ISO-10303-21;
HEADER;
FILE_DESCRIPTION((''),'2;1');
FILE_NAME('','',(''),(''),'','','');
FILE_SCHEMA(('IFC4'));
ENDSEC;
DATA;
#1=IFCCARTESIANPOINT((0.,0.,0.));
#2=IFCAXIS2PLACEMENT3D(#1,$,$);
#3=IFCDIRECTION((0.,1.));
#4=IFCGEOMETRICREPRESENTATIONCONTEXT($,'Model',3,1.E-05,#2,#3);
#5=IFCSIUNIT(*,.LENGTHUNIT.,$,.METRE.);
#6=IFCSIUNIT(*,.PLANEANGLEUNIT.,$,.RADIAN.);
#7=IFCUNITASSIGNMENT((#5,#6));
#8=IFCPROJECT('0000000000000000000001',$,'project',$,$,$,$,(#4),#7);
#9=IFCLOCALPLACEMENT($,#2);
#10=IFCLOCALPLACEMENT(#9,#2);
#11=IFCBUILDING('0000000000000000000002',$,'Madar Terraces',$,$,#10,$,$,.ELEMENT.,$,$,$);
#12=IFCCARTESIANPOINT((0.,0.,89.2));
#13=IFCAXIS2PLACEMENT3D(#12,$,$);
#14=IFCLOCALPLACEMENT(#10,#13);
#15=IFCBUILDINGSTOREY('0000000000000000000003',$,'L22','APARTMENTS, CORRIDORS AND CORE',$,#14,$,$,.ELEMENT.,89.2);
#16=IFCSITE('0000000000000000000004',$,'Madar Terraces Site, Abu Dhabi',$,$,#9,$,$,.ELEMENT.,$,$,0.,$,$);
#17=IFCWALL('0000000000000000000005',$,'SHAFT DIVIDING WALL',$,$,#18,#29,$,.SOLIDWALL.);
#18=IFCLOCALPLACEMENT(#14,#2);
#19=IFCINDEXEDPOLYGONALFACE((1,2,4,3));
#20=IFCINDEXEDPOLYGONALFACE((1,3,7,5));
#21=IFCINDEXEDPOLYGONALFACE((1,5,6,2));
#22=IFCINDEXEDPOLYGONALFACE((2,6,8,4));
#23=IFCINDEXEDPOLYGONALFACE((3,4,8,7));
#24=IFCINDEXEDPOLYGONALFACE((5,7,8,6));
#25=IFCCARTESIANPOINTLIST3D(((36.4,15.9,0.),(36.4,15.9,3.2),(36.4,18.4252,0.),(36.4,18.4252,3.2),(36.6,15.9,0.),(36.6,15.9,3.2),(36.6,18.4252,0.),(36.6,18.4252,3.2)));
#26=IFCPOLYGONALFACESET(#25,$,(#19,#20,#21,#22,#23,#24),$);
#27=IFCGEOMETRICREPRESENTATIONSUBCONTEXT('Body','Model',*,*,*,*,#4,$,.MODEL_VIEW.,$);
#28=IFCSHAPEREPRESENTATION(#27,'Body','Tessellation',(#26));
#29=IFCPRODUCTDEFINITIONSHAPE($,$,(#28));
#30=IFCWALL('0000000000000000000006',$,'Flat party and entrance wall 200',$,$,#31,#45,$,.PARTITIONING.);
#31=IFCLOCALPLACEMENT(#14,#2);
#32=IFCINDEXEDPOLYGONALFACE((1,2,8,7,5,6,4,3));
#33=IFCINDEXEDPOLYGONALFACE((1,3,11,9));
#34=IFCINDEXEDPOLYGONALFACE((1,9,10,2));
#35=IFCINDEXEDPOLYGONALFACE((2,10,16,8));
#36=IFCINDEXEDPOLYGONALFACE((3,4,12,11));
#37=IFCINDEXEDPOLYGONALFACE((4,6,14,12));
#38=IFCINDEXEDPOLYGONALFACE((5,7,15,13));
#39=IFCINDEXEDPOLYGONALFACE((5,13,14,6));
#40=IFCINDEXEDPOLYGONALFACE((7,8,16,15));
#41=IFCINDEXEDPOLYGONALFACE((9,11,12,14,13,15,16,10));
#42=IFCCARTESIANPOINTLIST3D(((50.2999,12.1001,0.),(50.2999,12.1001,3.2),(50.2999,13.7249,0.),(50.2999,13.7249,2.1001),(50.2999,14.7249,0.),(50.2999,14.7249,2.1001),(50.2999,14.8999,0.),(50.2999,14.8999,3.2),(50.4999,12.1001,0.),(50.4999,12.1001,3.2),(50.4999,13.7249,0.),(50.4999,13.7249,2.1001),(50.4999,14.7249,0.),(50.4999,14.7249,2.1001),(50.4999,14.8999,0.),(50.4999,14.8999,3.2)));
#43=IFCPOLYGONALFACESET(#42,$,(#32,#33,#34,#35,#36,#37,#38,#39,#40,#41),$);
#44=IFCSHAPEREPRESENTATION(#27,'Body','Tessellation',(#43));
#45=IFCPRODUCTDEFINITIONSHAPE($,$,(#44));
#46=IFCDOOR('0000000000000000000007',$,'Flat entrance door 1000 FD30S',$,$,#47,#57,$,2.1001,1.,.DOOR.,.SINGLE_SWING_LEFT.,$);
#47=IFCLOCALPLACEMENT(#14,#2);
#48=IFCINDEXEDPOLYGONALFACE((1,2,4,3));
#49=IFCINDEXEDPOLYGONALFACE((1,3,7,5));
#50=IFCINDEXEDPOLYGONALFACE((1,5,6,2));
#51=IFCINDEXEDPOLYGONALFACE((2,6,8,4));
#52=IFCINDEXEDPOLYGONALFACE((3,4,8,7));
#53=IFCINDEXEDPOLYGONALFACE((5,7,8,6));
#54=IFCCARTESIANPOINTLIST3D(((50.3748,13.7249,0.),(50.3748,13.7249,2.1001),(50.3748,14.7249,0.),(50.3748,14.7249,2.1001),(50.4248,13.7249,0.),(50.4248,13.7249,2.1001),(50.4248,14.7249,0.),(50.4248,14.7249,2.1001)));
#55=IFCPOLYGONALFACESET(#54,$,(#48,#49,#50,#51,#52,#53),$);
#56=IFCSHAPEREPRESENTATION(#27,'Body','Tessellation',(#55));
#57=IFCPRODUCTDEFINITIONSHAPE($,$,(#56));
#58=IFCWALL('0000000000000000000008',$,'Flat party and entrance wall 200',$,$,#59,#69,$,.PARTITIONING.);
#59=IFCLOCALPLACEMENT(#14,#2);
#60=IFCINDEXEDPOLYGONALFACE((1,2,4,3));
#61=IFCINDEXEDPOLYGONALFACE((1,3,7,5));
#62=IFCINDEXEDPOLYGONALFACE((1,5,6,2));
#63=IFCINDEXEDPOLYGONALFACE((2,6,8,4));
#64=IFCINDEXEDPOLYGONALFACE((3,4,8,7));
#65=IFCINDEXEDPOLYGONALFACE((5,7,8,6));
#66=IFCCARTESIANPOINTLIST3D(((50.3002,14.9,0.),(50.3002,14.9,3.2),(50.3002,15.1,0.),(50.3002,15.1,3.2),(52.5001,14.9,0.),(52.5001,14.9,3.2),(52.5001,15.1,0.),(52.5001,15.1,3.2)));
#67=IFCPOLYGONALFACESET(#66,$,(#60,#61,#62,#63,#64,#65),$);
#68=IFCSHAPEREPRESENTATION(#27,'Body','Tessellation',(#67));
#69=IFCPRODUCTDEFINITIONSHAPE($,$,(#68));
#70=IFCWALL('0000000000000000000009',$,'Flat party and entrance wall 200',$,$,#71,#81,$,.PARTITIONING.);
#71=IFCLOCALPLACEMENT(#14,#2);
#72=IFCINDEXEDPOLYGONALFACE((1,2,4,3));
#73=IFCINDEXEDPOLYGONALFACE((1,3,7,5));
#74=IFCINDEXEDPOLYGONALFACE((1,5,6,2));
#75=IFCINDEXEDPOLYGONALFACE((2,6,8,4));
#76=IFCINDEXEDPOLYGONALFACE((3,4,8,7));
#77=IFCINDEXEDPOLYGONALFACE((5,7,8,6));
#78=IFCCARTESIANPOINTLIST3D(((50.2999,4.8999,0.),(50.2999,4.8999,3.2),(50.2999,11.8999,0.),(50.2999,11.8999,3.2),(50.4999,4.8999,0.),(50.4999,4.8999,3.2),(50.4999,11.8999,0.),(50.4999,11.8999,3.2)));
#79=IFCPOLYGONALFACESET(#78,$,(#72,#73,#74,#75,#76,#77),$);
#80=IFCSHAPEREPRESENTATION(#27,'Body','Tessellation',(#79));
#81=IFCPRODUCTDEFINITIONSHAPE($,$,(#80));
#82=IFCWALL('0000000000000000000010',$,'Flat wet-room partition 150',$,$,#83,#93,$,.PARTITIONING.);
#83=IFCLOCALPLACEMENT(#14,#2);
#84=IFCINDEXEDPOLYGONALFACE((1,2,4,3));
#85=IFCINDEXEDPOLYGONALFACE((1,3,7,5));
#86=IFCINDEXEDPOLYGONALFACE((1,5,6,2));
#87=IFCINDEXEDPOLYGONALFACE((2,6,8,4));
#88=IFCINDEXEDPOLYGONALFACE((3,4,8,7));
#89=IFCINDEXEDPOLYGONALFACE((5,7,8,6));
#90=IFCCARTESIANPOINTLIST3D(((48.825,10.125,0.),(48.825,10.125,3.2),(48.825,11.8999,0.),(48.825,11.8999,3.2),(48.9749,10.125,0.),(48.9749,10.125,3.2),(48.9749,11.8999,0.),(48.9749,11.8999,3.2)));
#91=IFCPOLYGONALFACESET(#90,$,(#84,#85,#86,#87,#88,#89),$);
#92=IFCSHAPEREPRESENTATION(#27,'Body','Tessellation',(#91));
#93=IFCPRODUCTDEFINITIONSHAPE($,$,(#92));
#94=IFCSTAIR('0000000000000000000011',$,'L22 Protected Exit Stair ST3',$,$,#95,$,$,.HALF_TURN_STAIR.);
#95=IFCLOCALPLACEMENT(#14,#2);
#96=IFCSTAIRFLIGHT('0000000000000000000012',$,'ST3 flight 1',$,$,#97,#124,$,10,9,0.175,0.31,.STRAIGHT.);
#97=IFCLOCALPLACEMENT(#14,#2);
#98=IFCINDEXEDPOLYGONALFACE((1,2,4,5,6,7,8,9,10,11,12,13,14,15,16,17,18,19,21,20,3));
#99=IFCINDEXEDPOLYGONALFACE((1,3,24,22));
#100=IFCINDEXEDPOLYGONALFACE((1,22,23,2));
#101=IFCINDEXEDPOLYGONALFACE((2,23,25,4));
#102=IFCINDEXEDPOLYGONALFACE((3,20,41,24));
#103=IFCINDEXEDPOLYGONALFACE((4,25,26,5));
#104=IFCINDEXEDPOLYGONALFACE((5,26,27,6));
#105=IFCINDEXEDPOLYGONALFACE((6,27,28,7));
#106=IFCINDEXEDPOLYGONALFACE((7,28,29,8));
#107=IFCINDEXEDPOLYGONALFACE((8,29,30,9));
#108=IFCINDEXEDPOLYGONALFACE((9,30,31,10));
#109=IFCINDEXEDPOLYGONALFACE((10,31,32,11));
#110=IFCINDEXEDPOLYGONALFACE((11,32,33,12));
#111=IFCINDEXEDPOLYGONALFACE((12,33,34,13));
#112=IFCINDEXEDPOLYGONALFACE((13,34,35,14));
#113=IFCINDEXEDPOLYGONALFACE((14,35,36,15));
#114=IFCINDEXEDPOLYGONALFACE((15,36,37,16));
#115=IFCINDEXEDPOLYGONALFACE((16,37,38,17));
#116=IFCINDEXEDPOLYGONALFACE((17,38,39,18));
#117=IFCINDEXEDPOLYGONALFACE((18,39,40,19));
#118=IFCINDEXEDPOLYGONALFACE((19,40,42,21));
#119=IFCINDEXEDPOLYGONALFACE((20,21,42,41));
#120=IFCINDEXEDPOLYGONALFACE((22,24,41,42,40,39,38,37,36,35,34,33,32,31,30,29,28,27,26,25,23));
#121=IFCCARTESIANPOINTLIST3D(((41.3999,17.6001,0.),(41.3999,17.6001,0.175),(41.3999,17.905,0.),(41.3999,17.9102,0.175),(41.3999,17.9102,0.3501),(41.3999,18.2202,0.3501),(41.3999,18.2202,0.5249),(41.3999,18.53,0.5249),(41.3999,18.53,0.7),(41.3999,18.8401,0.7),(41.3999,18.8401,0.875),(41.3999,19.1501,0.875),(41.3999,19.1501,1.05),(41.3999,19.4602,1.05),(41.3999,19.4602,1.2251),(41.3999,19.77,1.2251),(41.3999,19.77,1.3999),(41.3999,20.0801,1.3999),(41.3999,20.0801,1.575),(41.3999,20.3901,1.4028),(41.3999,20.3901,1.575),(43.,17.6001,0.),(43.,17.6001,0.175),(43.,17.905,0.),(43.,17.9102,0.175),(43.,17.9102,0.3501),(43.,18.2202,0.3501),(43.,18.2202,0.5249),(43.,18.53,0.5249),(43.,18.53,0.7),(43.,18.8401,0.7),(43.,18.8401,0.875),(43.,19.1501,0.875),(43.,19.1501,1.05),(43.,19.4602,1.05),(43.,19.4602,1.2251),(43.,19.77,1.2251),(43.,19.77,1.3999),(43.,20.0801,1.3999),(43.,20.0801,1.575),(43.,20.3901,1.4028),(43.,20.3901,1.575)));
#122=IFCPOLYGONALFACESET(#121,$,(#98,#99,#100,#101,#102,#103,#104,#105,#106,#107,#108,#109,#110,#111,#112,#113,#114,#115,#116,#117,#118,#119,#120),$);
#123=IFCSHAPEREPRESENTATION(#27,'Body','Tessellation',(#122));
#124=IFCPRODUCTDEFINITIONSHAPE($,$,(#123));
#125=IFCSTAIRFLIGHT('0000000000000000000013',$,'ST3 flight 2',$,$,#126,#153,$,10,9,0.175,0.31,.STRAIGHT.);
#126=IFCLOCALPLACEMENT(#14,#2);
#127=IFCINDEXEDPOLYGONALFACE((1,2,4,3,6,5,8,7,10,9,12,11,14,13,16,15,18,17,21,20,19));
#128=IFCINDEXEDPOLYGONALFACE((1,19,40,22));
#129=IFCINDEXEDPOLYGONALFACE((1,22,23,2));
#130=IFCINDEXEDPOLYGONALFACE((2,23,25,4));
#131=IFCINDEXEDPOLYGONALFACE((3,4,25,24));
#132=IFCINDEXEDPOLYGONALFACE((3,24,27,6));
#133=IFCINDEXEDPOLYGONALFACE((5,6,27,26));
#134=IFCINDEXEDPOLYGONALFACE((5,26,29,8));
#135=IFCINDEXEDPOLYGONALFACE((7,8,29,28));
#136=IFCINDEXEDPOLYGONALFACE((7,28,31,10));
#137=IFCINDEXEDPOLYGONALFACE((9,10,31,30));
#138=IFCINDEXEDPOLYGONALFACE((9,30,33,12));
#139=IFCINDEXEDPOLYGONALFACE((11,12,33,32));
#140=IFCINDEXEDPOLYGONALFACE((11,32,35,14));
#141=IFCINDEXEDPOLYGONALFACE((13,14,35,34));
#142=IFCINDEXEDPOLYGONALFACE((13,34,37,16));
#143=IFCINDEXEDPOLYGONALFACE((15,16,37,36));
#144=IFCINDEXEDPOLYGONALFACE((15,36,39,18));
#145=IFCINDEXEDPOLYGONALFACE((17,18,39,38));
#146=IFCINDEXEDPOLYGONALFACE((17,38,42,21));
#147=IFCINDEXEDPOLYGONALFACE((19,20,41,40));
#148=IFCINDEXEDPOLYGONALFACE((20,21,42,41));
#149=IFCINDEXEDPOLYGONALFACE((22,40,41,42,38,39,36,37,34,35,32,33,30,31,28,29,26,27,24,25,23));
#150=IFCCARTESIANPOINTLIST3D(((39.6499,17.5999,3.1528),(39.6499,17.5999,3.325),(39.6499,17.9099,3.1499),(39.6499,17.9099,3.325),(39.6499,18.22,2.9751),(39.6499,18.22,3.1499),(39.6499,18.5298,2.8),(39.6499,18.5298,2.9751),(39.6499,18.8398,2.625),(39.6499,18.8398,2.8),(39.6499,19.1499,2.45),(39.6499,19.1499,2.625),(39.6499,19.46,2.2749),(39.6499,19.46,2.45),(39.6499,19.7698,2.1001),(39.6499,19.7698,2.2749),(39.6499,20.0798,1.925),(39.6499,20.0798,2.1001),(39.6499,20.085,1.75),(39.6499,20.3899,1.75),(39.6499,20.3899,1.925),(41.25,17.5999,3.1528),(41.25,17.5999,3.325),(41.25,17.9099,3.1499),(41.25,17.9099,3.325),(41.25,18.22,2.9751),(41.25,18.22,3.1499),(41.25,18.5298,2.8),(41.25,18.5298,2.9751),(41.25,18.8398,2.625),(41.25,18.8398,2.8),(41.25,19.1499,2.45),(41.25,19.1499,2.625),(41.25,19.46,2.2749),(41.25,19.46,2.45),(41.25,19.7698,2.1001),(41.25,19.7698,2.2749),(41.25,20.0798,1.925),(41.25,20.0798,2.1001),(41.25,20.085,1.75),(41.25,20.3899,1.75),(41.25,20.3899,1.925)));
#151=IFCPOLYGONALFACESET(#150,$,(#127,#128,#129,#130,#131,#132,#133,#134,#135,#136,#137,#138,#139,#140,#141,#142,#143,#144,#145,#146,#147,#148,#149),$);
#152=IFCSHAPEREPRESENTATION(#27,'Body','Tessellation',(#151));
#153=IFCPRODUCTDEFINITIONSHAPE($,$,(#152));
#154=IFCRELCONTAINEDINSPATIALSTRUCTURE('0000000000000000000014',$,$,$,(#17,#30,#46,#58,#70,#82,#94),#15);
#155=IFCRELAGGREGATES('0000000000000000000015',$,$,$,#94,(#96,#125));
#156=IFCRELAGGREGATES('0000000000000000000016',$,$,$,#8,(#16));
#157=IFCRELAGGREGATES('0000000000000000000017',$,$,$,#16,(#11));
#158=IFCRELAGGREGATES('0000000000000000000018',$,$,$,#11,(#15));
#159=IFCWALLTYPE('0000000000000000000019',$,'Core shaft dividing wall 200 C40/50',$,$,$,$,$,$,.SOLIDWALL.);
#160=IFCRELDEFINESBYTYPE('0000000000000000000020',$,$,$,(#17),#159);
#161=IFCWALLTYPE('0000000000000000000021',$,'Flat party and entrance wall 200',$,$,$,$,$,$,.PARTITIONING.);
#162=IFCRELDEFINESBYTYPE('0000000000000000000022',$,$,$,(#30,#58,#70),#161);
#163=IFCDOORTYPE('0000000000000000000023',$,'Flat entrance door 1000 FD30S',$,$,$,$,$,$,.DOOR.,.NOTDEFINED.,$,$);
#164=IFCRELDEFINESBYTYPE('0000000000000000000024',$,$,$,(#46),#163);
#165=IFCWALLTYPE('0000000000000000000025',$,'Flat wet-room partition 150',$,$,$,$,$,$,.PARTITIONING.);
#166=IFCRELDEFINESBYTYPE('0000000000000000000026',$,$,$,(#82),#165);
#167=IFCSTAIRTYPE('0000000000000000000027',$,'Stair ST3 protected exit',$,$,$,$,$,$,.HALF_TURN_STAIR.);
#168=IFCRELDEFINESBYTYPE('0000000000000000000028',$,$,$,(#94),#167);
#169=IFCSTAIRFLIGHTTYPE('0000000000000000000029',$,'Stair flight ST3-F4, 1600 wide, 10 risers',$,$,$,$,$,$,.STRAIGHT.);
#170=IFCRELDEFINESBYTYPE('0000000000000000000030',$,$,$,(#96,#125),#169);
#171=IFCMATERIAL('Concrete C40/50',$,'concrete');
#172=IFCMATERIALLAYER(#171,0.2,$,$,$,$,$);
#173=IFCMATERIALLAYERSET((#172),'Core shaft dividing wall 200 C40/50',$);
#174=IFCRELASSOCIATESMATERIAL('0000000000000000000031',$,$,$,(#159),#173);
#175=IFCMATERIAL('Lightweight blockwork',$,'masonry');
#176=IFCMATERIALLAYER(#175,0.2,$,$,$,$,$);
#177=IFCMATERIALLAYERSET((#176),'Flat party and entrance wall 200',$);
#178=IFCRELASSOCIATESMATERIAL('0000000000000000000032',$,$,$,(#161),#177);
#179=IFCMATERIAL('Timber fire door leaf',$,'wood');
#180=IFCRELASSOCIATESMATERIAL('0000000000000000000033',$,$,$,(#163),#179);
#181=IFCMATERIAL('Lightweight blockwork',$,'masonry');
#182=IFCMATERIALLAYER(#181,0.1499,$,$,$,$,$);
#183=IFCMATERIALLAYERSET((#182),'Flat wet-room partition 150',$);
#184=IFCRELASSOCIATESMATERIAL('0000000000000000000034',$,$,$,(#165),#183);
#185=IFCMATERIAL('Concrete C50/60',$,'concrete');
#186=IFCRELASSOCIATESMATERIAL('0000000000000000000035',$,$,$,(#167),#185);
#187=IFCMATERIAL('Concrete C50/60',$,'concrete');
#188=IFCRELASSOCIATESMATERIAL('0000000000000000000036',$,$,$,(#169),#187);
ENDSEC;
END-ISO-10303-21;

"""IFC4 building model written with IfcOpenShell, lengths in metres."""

from ifc_helpers import new_model, si_unit, direction, frame, frame_2d, origin, place, context, subcontext, project, spatial, polyline, rectangle, outline, extrude, material, layer, layer_set, type_object, element, fill, aggregate, save


model = new_model("IFC4")

# Units and contexts
model_context = context("Model", 3, precision=1e-05, world=origin(), true_north=direction((0.0, 1.0)))
body_context = subcontext(model_context, "Body", "Model", "MODEL_VIEW")
ifc_project = project(units=[si_unit("LENGTHUNIT", "METRE"), si_unit("PLANEANGLEUNIT", "RADIAN")], contexts=[model_context])

# Site, building, storey
site_placement = place(None, origin())
site = spatial("IfcSite", under=ifc_project, at=site_placement, Name="Madar Terraces Site, Abu Dhabi", CompositionType="ELEMENT", RefElevation=0.0)
building_placement = place(site_placement, origin())
building = spatial("IfcBuilding", under=site, at=building_placement, Name="Madar Terraces", CompositionType="ELEMENT")
storey_placement = place(building_placement, frame((0.0, 0.0, 89.2)))
storey = spatial("IfcBuildingStorey", under=building, at=storey_placement, Name="L22", Description="APARTMENTS, CORRIDORS AND CORE", CompositionType="ELEMENT", Elevation=89.2)

# Wall
ifc_material_1 = material(Name="Concrete C40/50", Category="concrete")
ifc_layer_1 = layer(ifc_material_1, 0.2)
ifc_layer_set_1 = layer_set([ifc_layer_1], Name="Core shaft dividing wall 200 C40/50")
wall_type_1 = type_object("IfcWallType", Name="Core shaft dividing wall 200 C40/50", PredefinedType="SOLIDWALL", material=ifc_layer_set_1)
wall_1_placement = place(storey_placement, frame((36.5, 15.8999, 0.0), z_axis=(0.0, 0.0, 1.0), x_axis=(0.0, 1.0, 0.0)))
element("IfcWall", 1, at=wall_1_placement, inside=storey, type_object=wall_type_1, Name="SHAFT DIVIDING WALL", PredefinedType="SOLIDWALL", context=body_context, shape_type="SweptSolid", body=[
    extrude(rectangle(XDim=2.5251, YDim=0.2, at=frame_2d((1.2627, 0.0))), origin(), (0.0, 0.0, 1.0), 3.2),
])

# Wall, opening, door
ifc_material_2 = material(Name="Lightweight blockwork", Category="masonry")
ifc_layer_2 = layer(ifc_material_2, 0.2)
ifc_layer_set_2 = layer_set([ifc_layer_2], Name="Flat party and entrance wall 200")
wall_type_2 = type_object("IfcWallType", Name="Flat party and entrance wall 200", PredefinedType="PARTITIONING", material=ifc_layer_set_2)
wall_2_placement = place(storey_placement, frame((50.3999, 14.8999, 0.0), z_axis=(0.0, 0.0, 1.0), x_axis=(0.0, -1.0, 0.0)))
wall_2 = element("IfcWall", 2, at=wall_2_placement, inside=storey, type_object=wall_type_2, Name="Flat party and entrance wall 200", PredefinedType="PARTITIONING", context=body_context, shape_type="SweptSolid", body=[
    extrude(rectangle(XDim=2.7998, YDim=0.2, at=frame_2d((1.3999, 0.0))), origin(), (0.0, 0.0, 1.0), 3.2),
])
opening_1_placement = place(wall_2_placement, frame((0.175, 0.0, 0.0)))
opening_1 = element("IfcOpeningElement", 3, at=opening_1_placement, cuts=wall_2, PredefinedType="OPENING", context=body_context, shape_type="SweptSolid", body=[
    extrude(rectangle(XDim=1.0, YDim=2.1001, at=frame_2d((0.5, 1.05))), frame((0.0, 0.1099, 0.0), z_axis=(0.0, -1.0, 0.0), x_axis=(1.0, 0.0, 0.0)), (0.0, 0.0, 1.0), 0.22),
])
ifc_material_3 = material(Name="Timber fire door leaf", Category="wood")
door_type_1 = type_object("IfcDoorType", Name="Flat entrance door 1000 FD30S", OperationType="NOTDEFINED", PredefinedType="DOOR", material=ifc_material_3)
door_1_placement = place(opening_1_placement, origin())
door_1 = element("IfcDoor", 4, at=door_1_placement, inside=storey, type_object=door_type_1, Name="Flat entrance door 1000 FD30S", OperationType="SINGLE_SWING_LEFT", OverallHeight=2.1001, OverallWidth=1.0, PredefinedType="DOOR", context=body_context, shape_type="SweptSolid", body=[
    extrude(rectangle(XDim=1.0, YDim=2.1001, at=frame_2d((0.5, 1.05))), frame((0.0, 0.0249, 0.0), z_axis=(0.0, -1.0, 0.0), x_axis=(1.0, 0.0, 0.0)), (0.0, 0.0, 1.0), 0.05),
])
fill(opening_1, door_1)

# Walls
wall_3_placement = place(storey_placement, frame((50.3, 15.0, 0.0), z_axis=(0.0, 0.0, 1.0), x_axis=(1.0, 0.0, 0.0)))
element("IfcWall", 5, at=wall_3_placement, inside=storey, type_object=wall_type_2, Name="Flat party and entrance wall 200", PredefinedType="PARTITIONING", context=body_context, shape_type="SweptSolid", body=[
    extrude(rectangle(XDim=2.2, YDim=0.2, at=frame_2d((1.1001, 0.0))), origin(), (0.0, 0.0, 1.0), 3.2),
])
wall_4_placement = place(storey_placement, frame((50.3999, 11.8999, 0.0), z_axis=(0.0, 0.0, 1.0), x_axis=(0.0, -1.0, 0.0)))
element("IfcWall", 6, at=wall_4_placement, inside=storey, type_object=wall_type_2, Name="Flat party and entrance wall 200", PredefinedType="PARTITIONING", context=body_context, shape_type="SweptSolid", body=[
    extrude(rectangle(XDim=7.0, YDim=0.2, at=frame_2d((3.5, 0.0))), origin(), (0.0, 0.0, 1.0), 3.2),
])
ifc_material_4 = material(Name="Lightweight blockwork", Category="masonry")
ifc_layer_3 = layer(ifc_material_4, 0.1499)
ifc_layer_set_3 = layer_set([ifc_layer_3], Name="Flat wet-room partition 150")
wall_type_3 = type_object("IfcWallType", Name="Flat wet-room partition 150", PredefinedType="PARTITIONING", material=ifc_layer_set_3)
wall_5_placement = place(storey_placement, frame((48.8999, 11.8999, 0.0), z_axis=(0.0, 0.0, 1.0), x_axis=(0.0, -1.0, 0.0)))
element("IfcWall", 7, at=wall_5_placement, inside=storey, type_object=wall_type_3, Name="Flat wet-room partition 150", PredefinedType="PARTITIONING", context=body_context, shape_type="SweptSolid", body=[
    extrude(rectangle(XDim=1.7749, YDim=0.1499, at=frame_2d((0.8875, 0.0))), origin(), (0.0, 0.0, 1.0), 3.2),
])

# Stair, stair flights
ifc_material_5 = material(Name="Concrete C50/60", Category="concrete")
stair_type = type_object("IfcStairType", Name="Stair ST3 protected exit", PredefinedType="HALF_TURN_STAIR", material=ifc_material_5)
stair_placement = place(storey_placement, origin())
stair = element("IfcStair", 8, at=stair_placement, inside=storey, type_object=stair_type, Name="L22 Protected Exit Stair ST3", PredefinedType="HALF_TURN_STAIR")
ifc_material_6 = material(Name="Concrete C50/60", Category="concrete")
stair_flight_type = type_object("IfcStairFlightType", Name="Stair flight ST3-F4, 1600 wide, 10 risers", PredefinedType="STRAIGHT", material=ifc_material_6)
stair_flight_1_placement = place(storey_placement, frame((42.2, 17.6001, 0.0), z_axis=(0.0, 0.0, 1.0), x_axis=(0.0, 1.0, 0.0)))
stair_flight_1 = element("IfcStairFlight", 9, at=stair_flight_1_placement, type_object=stair_flight_type, Name="ST3 flight 1", NumberOfRisers=10, NumberOfTreads=9, PredefinedType="STRAIGHT", RiserHeight=0.175, TreadLength=0.31, context=body_context, shape_type="SweptSolid", body=[
    extrude(outline(polyline([(0.0, 0.0), (0.0, 0.175), (0.3101, 0.175), (0.3101, 0.3501), (0.6201, 0.3501), (0.6201, 0.5249), (0.9299, 0.5249), (0.9299, 0.7), (1.24, 0.7), (1.24, 0.875), (1.55, 0.875), (1.55, 1.05), (1.8601, 1.05), (1.8601, 1.2251), (2.1699, 1.2251), (2.1699, 1.3999), (2.48, 1.3999), (2.48, 1.575), (2.79, 1.575), (2.79, 1.75), (2.79, 1.4028), (0.3049, 0.0), (0.0, 0.0)])), frame((0.0, 0.8, 0.0), z_axis=(0.0, -1.0, 0.0), x_axis=(1.0, 0.0, 0.0)), (0.0, 0.0, 1.0), 1.6001),
])
stair_flight_2_placement = place(storey_placement, frame((40.45, 20.3899, 1.75), z_axis=(0.0, 0.0, 1.0), x_axis=(0.0, -1.0, 0.0)))
stair_flight_2 = element("IfcStairFlight", 10, at=stair_flight_2_placement, type_object=stair_flight_type, Name="ST3 flight 2", NumberOfRisers=10, NumberOfTreads=9, PredefinedType="STRAIGHT", RiserHeight=0.175, TreadLength=0.31, context=body_context, shape_type="SweptSolid", body=[
    extrude(outline(polyline([(0.0, 0.0), (0.0, 0.175), (0.3101, 0.175), (0.3101, 0.3501), (0.6201, 0.3501), (0.6201, 0.5249), (0.9299, 0.5249), (0.9299, 0.7), (1.24, 0.7), (1.24, 0.875), (1.55, 0.875), (1.55, 1.05), (1.8601, 1.05), (1.8601, 1.2251), (2.1699, 1.2251), (2.1699, 1.3999), (2.48, 1.3999), (2.48, 1.575), (2.79, 1.575), (2.79, 1.75), (2.79, 1.4028), (0.3049, 0.0), (0.0, 0.0)])), frame((0.0, 0.8, 0.0), z_axis=(0.0, -1.0, 0.0), x_axis=(1.0, 0.0, 0.0)), (0.0, 0.0, 1.0), 1.6001),
])
aggregate(stair, [stair_flight_1, stair_flight_2])

save(model, "model.ifc")
